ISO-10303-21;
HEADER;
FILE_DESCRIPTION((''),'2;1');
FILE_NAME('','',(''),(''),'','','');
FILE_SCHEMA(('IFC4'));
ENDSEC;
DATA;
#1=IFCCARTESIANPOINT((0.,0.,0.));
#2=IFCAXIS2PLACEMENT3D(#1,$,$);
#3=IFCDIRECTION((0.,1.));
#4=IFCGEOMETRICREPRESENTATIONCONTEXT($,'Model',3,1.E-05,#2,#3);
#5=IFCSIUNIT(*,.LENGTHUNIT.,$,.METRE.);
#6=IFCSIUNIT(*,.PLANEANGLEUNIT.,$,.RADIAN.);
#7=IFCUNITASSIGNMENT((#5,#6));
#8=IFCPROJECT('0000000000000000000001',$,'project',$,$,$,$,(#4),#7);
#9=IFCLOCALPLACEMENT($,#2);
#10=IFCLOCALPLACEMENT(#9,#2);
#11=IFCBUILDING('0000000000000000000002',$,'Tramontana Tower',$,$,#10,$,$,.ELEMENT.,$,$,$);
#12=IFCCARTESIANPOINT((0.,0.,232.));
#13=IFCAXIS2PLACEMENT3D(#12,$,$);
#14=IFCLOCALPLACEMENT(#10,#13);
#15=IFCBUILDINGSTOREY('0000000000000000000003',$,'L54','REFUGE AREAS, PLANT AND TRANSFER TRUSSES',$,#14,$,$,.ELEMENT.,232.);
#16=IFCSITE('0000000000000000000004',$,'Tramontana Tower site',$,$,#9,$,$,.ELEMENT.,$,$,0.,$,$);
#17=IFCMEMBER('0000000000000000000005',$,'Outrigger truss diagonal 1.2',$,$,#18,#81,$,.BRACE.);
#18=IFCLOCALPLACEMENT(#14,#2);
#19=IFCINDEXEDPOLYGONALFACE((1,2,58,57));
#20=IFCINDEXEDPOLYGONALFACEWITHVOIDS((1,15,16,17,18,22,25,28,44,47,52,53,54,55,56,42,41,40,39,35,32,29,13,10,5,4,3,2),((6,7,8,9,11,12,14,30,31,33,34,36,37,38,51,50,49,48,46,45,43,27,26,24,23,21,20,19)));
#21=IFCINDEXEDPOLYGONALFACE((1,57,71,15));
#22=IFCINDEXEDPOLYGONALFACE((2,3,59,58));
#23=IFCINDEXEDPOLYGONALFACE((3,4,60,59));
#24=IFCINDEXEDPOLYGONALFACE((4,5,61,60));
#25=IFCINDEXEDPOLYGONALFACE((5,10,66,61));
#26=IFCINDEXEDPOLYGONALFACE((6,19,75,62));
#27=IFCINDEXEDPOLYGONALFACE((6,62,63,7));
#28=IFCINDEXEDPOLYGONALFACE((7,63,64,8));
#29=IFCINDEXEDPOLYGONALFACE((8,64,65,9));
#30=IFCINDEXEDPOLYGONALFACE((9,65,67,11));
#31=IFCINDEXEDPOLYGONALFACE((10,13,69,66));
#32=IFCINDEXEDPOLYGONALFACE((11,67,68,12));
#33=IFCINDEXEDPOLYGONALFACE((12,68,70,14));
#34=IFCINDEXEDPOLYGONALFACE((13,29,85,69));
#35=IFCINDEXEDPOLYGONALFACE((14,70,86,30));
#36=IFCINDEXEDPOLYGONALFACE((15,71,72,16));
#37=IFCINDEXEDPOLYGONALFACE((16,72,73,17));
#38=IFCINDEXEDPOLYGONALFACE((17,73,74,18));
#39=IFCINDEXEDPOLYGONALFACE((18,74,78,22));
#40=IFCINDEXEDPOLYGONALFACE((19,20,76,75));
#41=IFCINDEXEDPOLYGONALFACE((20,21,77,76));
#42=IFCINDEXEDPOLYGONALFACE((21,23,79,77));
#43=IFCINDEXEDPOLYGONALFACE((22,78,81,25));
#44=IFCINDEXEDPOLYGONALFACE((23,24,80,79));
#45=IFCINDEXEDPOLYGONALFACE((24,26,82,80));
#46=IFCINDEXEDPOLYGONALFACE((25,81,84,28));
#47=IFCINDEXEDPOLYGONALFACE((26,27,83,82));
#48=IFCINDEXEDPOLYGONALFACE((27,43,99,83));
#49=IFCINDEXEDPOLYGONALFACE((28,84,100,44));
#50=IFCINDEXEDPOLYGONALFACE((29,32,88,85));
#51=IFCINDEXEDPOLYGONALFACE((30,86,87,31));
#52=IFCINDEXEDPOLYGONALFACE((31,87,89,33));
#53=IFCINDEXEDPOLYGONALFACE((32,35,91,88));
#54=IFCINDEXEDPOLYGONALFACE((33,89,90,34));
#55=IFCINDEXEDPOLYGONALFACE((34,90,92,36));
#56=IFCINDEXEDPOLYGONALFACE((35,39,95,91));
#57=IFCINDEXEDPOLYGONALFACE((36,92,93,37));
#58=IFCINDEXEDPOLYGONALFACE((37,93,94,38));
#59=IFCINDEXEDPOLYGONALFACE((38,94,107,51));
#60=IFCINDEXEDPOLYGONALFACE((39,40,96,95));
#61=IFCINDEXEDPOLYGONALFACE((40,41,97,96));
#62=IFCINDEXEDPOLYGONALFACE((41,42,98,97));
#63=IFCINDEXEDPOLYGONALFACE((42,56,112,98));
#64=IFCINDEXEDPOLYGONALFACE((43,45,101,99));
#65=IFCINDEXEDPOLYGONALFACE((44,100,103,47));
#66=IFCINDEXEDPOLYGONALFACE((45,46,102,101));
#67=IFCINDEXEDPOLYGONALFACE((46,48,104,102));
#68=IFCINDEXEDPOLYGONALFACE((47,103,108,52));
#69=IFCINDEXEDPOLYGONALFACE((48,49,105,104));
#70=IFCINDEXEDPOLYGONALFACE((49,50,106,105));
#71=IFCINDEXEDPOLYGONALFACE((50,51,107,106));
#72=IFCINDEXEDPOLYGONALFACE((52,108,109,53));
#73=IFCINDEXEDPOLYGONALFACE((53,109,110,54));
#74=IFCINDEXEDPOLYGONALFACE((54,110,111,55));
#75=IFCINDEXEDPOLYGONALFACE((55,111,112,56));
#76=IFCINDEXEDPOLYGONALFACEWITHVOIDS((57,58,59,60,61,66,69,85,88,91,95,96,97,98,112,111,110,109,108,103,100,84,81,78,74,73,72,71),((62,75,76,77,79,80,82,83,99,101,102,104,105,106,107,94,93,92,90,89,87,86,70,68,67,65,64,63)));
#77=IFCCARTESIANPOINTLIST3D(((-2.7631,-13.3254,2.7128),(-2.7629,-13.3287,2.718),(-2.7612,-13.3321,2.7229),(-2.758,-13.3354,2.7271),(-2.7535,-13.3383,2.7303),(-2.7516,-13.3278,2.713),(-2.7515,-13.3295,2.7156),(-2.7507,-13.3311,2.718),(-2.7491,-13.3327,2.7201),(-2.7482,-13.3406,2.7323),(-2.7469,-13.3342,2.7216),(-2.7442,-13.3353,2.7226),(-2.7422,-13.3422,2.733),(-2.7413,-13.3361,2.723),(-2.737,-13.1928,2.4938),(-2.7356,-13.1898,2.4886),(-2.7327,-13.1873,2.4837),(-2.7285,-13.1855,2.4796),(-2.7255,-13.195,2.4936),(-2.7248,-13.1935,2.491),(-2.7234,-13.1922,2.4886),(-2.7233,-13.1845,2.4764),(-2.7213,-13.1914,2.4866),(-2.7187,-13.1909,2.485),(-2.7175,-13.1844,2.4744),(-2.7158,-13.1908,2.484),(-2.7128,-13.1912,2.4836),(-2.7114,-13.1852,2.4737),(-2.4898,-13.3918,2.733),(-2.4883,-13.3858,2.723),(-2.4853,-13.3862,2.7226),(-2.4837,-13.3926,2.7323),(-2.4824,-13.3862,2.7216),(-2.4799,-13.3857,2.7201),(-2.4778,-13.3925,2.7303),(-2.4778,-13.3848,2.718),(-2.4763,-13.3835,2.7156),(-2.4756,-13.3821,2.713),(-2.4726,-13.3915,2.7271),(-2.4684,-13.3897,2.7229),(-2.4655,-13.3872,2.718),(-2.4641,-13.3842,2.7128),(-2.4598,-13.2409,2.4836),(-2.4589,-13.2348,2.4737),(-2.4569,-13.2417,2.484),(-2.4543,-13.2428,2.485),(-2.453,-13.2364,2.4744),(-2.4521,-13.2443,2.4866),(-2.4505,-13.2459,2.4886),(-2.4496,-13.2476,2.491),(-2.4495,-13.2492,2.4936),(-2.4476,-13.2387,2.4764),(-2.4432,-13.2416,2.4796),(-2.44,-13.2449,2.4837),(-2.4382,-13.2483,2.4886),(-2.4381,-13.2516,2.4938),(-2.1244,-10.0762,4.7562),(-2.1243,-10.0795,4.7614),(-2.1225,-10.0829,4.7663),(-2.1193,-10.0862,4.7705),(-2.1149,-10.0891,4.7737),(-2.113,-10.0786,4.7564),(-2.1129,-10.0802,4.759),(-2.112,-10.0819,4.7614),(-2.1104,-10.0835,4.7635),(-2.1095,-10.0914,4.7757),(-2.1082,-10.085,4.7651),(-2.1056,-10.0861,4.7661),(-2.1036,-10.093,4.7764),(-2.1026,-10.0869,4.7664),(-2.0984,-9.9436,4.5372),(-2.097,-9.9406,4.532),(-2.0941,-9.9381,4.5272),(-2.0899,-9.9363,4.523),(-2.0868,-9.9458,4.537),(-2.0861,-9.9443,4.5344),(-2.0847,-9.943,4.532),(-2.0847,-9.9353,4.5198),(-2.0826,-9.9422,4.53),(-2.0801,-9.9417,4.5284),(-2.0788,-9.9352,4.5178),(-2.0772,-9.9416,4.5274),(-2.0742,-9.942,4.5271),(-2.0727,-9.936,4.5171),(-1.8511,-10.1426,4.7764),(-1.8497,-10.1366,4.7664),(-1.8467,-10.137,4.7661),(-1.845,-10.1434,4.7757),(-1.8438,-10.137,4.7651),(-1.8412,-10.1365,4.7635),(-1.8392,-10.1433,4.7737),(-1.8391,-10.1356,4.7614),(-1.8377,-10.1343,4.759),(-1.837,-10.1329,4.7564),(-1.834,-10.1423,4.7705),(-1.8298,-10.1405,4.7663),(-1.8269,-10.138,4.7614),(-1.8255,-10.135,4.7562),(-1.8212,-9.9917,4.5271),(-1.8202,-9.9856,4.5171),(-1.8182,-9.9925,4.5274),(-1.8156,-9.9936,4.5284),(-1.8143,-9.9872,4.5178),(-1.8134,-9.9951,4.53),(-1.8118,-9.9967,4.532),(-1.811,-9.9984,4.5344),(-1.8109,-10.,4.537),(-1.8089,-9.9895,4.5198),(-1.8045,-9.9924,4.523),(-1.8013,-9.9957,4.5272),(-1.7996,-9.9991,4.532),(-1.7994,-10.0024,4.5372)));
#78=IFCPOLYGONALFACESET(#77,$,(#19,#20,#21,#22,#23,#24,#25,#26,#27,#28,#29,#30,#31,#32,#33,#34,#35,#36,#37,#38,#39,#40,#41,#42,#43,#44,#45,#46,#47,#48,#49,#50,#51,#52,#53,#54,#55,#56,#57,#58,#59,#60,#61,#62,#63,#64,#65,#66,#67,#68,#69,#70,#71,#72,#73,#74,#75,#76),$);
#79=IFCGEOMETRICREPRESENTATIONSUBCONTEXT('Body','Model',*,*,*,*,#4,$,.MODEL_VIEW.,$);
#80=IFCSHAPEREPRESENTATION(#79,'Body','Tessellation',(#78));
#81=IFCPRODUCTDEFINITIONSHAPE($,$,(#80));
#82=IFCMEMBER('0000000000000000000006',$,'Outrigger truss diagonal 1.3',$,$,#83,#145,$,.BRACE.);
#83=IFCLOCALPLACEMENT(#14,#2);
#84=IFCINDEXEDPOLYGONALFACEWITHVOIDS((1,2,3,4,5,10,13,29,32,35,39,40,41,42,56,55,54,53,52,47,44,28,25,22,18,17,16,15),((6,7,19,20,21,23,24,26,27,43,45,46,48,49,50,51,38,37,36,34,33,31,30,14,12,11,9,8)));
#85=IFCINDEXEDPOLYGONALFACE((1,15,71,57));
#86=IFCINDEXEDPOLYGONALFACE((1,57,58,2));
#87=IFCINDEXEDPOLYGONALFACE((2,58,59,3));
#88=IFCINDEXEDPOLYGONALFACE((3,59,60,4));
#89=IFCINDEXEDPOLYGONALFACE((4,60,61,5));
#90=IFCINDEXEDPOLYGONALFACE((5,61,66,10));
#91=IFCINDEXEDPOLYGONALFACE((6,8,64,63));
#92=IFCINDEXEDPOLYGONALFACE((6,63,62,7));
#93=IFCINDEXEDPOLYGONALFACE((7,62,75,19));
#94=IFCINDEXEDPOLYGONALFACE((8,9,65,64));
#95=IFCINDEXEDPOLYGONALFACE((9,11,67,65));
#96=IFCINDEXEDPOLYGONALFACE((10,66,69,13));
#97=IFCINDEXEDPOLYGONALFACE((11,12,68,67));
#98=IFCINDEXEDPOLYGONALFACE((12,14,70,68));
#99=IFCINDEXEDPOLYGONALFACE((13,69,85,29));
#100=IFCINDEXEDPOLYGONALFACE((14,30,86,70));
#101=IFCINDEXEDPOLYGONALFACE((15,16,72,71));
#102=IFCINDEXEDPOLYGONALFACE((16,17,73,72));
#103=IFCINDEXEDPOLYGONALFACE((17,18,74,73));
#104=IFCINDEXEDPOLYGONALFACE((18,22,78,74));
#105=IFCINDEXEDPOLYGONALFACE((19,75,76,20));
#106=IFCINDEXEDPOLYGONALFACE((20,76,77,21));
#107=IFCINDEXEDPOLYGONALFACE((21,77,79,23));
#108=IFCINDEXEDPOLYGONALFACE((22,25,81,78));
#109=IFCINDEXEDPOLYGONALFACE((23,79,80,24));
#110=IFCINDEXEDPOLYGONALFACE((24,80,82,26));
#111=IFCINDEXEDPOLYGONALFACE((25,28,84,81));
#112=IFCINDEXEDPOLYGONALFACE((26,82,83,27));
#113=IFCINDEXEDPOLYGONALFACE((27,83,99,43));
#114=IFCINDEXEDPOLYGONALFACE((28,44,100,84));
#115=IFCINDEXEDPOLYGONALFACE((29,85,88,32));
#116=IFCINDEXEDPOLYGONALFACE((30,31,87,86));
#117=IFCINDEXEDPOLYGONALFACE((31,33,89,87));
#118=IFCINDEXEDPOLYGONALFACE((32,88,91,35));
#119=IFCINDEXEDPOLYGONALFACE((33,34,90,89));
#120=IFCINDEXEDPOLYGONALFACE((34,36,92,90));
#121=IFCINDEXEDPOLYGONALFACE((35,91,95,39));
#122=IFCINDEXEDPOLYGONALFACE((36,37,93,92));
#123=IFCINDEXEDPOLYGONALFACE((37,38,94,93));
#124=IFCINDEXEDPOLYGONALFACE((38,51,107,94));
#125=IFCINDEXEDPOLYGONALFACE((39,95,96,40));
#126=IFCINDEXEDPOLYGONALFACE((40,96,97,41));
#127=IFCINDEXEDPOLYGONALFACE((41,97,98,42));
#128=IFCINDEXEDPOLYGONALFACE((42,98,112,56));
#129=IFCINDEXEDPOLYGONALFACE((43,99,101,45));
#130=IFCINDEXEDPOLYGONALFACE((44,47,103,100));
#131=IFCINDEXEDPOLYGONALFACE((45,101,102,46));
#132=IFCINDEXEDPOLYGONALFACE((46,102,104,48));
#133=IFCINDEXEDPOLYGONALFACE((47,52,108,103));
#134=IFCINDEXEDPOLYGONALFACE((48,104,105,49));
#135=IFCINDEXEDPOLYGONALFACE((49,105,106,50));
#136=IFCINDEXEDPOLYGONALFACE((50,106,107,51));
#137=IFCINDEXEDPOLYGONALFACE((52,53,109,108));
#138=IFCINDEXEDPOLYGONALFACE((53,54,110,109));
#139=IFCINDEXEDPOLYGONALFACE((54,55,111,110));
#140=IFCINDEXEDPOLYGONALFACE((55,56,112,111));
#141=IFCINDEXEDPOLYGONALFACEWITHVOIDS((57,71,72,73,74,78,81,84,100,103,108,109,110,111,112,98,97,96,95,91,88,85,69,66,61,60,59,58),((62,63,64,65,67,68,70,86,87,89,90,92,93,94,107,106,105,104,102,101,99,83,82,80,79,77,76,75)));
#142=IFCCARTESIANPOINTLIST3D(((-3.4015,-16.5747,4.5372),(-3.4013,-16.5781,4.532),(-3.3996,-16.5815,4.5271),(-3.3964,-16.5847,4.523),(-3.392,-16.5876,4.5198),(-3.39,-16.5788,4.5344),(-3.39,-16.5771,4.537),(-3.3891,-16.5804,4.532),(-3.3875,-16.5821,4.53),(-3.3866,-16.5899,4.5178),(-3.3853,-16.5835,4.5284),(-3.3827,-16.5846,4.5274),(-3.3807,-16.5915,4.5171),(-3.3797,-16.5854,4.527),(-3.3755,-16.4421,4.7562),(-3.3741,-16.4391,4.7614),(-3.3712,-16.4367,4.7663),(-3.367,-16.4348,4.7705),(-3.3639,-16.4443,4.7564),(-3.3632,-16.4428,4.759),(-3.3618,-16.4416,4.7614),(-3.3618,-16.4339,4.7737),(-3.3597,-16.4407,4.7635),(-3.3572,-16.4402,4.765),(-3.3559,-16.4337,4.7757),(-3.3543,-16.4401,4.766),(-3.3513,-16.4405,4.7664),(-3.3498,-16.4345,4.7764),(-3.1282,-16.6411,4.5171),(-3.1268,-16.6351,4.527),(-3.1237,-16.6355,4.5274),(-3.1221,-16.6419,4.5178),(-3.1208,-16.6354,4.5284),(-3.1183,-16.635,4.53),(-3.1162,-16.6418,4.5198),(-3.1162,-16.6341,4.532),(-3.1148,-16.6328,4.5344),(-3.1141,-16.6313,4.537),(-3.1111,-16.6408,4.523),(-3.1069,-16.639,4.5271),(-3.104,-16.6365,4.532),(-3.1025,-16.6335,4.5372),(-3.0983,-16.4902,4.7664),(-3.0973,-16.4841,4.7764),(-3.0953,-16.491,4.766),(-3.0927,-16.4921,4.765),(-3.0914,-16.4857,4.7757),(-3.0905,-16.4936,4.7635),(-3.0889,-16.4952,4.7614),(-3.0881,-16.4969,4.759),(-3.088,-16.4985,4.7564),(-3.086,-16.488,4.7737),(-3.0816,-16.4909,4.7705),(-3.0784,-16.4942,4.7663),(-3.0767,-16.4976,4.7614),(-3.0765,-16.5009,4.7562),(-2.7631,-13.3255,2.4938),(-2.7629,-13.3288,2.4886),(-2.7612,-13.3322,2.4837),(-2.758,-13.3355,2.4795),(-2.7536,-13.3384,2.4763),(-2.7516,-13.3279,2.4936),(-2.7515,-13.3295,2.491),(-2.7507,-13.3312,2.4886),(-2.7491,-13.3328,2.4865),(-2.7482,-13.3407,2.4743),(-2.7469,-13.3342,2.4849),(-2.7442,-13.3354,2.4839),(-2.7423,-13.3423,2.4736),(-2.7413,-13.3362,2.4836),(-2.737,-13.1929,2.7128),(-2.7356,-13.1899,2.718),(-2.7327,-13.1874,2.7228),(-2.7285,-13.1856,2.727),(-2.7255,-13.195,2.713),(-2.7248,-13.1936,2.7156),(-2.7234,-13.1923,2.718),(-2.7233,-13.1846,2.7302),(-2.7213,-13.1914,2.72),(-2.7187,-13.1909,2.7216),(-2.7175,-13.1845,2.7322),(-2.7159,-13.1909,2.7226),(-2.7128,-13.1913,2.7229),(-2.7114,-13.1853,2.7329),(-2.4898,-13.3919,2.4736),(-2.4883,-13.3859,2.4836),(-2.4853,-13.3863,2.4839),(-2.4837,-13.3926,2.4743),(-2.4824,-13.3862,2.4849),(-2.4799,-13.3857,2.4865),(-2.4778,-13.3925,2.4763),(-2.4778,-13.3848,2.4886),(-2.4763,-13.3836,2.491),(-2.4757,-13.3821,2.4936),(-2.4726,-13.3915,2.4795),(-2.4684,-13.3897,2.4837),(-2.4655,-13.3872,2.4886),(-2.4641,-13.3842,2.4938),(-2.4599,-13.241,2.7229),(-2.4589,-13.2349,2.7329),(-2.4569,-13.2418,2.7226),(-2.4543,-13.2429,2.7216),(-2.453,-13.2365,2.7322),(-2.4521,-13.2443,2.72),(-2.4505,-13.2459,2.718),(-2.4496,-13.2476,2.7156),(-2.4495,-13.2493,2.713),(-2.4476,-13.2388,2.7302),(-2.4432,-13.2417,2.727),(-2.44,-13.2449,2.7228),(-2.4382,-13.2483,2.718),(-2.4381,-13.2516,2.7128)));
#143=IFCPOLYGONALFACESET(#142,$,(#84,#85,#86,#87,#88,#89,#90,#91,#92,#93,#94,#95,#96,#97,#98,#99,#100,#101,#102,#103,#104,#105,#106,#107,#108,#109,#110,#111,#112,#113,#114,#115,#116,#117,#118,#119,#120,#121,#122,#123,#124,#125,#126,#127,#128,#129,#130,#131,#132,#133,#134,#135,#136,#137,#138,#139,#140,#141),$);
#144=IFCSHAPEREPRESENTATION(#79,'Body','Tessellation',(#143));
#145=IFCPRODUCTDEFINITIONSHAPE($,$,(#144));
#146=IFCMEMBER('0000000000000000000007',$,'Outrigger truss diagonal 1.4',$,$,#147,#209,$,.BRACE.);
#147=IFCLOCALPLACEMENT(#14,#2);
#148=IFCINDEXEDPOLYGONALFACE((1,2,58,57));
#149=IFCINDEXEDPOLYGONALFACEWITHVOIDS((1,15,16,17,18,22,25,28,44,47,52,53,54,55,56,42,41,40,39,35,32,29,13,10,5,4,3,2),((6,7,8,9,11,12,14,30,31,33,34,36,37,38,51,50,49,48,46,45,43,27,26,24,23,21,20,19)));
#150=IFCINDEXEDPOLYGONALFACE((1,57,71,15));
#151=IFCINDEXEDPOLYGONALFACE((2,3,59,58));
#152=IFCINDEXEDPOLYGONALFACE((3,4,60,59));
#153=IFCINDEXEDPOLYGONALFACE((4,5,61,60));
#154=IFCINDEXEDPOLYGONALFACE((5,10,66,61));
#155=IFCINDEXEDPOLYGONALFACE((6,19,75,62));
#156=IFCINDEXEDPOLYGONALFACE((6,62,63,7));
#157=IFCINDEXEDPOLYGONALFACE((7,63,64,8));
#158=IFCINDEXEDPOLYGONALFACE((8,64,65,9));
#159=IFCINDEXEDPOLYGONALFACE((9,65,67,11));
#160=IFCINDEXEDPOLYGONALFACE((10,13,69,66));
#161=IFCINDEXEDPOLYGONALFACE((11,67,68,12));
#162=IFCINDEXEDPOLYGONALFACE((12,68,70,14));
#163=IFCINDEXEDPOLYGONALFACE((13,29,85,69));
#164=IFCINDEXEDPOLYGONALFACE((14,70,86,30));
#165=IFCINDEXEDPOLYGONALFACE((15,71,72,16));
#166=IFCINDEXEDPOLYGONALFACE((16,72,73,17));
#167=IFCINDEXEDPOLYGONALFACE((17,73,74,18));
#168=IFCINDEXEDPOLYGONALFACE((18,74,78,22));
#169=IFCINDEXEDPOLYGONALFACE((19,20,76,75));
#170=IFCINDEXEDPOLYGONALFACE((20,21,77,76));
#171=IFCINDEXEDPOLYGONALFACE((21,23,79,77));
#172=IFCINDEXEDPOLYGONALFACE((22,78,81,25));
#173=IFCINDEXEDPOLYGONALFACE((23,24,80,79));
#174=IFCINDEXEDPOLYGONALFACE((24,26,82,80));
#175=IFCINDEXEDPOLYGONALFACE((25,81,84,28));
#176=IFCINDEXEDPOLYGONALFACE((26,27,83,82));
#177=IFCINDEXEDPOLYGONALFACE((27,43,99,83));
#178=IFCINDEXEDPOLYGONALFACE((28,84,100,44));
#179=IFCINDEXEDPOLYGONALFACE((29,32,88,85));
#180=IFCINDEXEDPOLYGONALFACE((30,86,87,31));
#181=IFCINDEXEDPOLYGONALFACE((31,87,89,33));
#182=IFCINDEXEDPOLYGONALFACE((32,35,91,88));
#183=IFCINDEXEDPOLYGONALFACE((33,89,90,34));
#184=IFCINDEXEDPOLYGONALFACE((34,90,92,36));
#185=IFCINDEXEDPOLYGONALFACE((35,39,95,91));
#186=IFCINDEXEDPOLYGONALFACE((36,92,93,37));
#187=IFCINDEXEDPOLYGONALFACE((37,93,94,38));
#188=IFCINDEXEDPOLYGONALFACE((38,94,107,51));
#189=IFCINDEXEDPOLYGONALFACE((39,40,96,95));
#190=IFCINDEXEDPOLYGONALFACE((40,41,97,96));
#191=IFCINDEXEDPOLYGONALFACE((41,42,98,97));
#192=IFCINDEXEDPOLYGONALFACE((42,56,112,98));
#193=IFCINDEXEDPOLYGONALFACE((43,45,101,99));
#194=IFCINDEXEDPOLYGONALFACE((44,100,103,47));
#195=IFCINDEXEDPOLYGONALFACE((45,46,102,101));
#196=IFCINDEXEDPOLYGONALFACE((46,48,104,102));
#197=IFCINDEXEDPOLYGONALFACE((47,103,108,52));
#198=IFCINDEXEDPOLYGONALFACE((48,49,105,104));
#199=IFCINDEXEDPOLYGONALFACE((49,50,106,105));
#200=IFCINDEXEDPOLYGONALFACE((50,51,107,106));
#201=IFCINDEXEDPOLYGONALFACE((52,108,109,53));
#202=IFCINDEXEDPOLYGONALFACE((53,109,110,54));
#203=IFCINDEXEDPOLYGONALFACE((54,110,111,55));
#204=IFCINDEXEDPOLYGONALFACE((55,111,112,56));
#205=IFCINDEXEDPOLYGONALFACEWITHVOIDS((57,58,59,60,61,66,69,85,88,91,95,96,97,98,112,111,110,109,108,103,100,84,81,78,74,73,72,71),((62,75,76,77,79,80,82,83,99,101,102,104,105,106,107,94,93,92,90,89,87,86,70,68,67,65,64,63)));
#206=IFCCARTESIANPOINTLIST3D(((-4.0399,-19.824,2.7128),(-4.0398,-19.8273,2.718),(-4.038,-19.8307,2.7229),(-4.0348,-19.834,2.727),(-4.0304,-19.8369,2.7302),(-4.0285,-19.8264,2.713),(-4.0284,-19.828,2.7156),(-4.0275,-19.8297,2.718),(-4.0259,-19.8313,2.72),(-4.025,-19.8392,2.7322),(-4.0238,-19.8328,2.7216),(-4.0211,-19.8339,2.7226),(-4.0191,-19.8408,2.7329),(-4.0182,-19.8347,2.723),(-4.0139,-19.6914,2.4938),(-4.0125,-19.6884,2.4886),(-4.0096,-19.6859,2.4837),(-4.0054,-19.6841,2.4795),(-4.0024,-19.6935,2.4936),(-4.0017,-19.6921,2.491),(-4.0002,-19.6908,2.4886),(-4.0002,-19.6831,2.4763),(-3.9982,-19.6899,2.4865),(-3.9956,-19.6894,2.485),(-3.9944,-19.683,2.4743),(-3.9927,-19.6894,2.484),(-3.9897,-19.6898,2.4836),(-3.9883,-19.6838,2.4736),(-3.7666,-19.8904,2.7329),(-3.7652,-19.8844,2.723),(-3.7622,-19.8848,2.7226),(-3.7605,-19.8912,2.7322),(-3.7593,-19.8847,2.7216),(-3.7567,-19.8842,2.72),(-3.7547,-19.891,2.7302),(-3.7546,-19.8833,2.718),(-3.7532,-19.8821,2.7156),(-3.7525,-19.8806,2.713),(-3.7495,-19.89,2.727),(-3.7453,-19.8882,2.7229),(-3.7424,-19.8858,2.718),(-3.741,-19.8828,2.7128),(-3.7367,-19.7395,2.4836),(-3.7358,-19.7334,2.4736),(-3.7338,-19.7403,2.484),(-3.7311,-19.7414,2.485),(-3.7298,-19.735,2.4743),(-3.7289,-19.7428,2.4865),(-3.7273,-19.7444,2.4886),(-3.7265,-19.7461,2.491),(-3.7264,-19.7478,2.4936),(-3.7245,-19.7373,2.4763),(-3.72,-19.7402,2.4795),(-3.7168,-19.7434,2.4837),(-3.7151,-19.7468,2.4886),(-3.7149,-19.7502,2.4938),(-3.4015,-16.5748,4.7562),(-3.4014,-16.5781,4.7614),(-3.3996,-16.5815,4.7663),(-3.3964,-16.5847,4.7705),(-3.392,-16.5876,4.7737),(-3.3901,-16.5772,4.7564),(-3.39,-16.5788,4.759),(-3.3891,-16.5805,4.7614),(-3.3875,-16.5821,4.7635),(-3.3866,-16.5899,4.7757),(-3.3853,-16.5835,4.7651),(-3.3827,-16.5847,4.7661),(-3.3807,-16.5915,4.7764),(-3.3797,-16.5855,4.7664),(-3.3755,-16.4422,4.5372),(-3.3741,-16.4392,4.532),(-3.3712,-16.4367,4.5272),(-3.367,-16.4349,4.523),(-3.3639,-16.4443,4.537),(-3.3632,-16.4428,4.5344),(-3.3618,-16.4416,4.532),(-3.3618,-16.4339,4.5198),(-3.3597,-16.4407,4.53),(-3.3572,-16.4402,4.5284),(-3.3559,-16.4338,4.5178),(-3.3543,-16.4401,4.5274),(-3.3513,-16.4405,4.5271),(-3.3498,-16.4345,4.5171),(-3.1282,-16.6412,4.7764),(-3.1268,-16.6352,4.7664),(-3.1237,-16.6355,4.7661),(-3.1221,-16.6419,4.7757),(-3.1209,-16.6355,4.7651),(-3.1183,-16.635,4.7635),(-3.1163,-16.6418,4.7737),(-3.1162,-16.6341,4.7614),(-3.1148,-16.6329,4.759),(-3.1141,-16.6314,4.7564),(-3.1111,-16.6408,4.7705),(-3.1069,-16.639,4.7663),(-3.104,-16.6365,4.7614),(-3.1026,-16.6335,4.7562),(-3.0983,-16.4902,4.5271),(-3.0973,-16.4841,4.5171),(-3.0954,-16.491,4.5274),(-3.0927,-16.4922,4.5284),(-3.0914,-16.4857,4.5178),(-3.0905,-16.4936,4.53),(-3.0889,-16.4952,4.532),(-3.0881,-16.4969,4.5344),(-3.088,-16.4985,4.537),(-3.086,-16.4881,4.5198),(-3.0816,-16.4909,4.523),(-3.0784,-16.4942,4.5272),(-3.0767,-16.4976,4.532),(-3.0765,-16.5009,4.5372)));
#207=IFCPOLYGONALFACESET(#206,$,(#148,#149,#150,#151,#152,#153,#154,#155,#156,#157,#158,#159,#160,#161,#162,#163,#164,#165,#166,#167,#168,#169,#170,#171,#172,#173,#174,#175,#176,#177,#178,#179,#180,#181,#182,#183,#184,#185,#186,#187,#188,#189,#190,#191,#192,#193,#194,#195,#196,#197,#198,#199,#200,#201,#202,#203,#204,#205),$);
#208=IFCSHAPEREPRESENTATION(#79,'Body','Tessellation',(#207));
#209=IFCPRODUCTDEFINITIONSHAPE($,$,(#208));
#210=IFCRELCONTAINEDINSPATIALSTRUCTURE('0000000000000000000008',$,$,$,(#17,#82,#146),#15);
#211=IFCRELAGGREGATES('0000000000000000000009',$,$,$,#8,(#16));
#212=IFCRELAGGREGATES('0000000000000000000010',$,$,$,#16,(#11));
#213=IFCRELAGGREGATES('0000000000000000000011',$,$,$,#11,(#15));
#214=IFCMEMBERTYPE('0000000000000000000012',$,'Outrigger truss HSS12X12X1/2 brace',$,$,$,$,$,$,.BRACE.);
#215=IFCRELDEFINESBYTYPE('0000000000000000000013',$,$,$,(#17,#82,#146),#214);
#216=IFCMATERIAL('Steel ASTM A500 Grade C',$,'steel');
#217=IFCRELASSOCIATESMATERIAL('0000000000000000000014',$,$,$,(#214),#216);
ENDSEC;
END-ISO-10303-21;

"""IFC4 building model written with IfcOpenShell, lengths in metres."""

from ifc_helpers import new_model, si_unit, direction, frame, origin, origin_2d, place, context, subcontext, project, spatial, hollow_rectangle, extrude, material, material_profile, profile_set, type_object, element, save


model = new_model("IFC4")

# Units and contexts
model_context = context("Model", 3, precision=1e-05, world=origin(), true_north=direction((0.0, 1.0)))
body_context = subcontext(model_context, "Body", "Model", "MODEL_VIEW")
ifc_project = project(units=[si_unit("LENGTHUNIT", "METRE"), si_unit("PLANEANGLEUNIT", "RADIAN")], contexts=[model_context])

# Site, building, storey
site_placement = place(None, origin())
site = spatial("IfcSite", under=ifc_project, at=site_placement, Name="Tramontana Tower site", CompositionType="ELEMENT", RefElevation=0.0)
building_placement = place(site_placement, origin())
building = spatial("IfcBuilding", under=site, at=building_placement, Name="Tramontana Tower", CompositionType="ELEMENT")
storey_placement = place(building_placement, frame((0.0, 0.0, 232.0)))
storey = spatial("IfcBuildingStorey", under=building, at=storey_placement, Name="L54", Description="REFUGE AREAS, PLANT AND TRANSFER TRUSSES", CompositionType="ELEMENT", Elevation=232.0)

# Members
ifc_material_1 = material(Name="Steel ASTM A500 Grade C", Category="steel")
ifc_material_profile_1 = material_profile(ifc_material_1, hollow_rectangle(XDim=0.3047, YDim=0.3047, WallThickness=0.0117, InnerFilletRadius=0.0117, OuterFilletRadius=0.0237, at=origin_2d()), Name="HSS12X12X1/2")
ifc_profile_set_1 = profile_set([ifc_material_profile_1], Name="Steel ASTM A500 Grade C")
member_type_1 = type_object("IfcMemberType", Name="Outrigger truss HSS12X12X1/2 brace", PredefinedType="BRACE", material=ifc_profile_set_1)
for number, where, z_axis, x_axis, name in (
    (1, (-1.9619, -10.0393, 4.6467), (-0.164133, -0.835032, -0.52515), (0.981225, -0.192868, 0.0), "Outrigger truss diagonal 1.2"),
    (2, (-2.6006, -13.2886, 2.6033), (-0.164072, -0.83504, 0.525155), (0.981239, -0.192797, 0.0), "Outrigger truss diagonal 1.3"),
    (3, (-3.239, -16.5378, 4.6467), (-0.164072, -0.83504, -0.525155), (0.981239, -0.192797, 0.0), "Outrigger truss diagonal 1.4"),
):
    element("IfcMember", number, at=place(storey_placement, frame(where, z_axis=z_axis, x_axis=x_axis)), inside=storey, type_object=member_type_1, Name=name, PredefinedType="BRACE", context=body_context, shape_type="SweptSolid", body=[
        extrude(hollow_rectangle(XDim=0.3047, YDim=0.3047, WallThickness=0.0117, InnerFilletRadius=0.0117, OuterFilletRadius=0.0237, at=origin_2d()), origin(), (0.0, 0.0, 1.0), 3.8911),
    ])

save(model, "model.ifc")
